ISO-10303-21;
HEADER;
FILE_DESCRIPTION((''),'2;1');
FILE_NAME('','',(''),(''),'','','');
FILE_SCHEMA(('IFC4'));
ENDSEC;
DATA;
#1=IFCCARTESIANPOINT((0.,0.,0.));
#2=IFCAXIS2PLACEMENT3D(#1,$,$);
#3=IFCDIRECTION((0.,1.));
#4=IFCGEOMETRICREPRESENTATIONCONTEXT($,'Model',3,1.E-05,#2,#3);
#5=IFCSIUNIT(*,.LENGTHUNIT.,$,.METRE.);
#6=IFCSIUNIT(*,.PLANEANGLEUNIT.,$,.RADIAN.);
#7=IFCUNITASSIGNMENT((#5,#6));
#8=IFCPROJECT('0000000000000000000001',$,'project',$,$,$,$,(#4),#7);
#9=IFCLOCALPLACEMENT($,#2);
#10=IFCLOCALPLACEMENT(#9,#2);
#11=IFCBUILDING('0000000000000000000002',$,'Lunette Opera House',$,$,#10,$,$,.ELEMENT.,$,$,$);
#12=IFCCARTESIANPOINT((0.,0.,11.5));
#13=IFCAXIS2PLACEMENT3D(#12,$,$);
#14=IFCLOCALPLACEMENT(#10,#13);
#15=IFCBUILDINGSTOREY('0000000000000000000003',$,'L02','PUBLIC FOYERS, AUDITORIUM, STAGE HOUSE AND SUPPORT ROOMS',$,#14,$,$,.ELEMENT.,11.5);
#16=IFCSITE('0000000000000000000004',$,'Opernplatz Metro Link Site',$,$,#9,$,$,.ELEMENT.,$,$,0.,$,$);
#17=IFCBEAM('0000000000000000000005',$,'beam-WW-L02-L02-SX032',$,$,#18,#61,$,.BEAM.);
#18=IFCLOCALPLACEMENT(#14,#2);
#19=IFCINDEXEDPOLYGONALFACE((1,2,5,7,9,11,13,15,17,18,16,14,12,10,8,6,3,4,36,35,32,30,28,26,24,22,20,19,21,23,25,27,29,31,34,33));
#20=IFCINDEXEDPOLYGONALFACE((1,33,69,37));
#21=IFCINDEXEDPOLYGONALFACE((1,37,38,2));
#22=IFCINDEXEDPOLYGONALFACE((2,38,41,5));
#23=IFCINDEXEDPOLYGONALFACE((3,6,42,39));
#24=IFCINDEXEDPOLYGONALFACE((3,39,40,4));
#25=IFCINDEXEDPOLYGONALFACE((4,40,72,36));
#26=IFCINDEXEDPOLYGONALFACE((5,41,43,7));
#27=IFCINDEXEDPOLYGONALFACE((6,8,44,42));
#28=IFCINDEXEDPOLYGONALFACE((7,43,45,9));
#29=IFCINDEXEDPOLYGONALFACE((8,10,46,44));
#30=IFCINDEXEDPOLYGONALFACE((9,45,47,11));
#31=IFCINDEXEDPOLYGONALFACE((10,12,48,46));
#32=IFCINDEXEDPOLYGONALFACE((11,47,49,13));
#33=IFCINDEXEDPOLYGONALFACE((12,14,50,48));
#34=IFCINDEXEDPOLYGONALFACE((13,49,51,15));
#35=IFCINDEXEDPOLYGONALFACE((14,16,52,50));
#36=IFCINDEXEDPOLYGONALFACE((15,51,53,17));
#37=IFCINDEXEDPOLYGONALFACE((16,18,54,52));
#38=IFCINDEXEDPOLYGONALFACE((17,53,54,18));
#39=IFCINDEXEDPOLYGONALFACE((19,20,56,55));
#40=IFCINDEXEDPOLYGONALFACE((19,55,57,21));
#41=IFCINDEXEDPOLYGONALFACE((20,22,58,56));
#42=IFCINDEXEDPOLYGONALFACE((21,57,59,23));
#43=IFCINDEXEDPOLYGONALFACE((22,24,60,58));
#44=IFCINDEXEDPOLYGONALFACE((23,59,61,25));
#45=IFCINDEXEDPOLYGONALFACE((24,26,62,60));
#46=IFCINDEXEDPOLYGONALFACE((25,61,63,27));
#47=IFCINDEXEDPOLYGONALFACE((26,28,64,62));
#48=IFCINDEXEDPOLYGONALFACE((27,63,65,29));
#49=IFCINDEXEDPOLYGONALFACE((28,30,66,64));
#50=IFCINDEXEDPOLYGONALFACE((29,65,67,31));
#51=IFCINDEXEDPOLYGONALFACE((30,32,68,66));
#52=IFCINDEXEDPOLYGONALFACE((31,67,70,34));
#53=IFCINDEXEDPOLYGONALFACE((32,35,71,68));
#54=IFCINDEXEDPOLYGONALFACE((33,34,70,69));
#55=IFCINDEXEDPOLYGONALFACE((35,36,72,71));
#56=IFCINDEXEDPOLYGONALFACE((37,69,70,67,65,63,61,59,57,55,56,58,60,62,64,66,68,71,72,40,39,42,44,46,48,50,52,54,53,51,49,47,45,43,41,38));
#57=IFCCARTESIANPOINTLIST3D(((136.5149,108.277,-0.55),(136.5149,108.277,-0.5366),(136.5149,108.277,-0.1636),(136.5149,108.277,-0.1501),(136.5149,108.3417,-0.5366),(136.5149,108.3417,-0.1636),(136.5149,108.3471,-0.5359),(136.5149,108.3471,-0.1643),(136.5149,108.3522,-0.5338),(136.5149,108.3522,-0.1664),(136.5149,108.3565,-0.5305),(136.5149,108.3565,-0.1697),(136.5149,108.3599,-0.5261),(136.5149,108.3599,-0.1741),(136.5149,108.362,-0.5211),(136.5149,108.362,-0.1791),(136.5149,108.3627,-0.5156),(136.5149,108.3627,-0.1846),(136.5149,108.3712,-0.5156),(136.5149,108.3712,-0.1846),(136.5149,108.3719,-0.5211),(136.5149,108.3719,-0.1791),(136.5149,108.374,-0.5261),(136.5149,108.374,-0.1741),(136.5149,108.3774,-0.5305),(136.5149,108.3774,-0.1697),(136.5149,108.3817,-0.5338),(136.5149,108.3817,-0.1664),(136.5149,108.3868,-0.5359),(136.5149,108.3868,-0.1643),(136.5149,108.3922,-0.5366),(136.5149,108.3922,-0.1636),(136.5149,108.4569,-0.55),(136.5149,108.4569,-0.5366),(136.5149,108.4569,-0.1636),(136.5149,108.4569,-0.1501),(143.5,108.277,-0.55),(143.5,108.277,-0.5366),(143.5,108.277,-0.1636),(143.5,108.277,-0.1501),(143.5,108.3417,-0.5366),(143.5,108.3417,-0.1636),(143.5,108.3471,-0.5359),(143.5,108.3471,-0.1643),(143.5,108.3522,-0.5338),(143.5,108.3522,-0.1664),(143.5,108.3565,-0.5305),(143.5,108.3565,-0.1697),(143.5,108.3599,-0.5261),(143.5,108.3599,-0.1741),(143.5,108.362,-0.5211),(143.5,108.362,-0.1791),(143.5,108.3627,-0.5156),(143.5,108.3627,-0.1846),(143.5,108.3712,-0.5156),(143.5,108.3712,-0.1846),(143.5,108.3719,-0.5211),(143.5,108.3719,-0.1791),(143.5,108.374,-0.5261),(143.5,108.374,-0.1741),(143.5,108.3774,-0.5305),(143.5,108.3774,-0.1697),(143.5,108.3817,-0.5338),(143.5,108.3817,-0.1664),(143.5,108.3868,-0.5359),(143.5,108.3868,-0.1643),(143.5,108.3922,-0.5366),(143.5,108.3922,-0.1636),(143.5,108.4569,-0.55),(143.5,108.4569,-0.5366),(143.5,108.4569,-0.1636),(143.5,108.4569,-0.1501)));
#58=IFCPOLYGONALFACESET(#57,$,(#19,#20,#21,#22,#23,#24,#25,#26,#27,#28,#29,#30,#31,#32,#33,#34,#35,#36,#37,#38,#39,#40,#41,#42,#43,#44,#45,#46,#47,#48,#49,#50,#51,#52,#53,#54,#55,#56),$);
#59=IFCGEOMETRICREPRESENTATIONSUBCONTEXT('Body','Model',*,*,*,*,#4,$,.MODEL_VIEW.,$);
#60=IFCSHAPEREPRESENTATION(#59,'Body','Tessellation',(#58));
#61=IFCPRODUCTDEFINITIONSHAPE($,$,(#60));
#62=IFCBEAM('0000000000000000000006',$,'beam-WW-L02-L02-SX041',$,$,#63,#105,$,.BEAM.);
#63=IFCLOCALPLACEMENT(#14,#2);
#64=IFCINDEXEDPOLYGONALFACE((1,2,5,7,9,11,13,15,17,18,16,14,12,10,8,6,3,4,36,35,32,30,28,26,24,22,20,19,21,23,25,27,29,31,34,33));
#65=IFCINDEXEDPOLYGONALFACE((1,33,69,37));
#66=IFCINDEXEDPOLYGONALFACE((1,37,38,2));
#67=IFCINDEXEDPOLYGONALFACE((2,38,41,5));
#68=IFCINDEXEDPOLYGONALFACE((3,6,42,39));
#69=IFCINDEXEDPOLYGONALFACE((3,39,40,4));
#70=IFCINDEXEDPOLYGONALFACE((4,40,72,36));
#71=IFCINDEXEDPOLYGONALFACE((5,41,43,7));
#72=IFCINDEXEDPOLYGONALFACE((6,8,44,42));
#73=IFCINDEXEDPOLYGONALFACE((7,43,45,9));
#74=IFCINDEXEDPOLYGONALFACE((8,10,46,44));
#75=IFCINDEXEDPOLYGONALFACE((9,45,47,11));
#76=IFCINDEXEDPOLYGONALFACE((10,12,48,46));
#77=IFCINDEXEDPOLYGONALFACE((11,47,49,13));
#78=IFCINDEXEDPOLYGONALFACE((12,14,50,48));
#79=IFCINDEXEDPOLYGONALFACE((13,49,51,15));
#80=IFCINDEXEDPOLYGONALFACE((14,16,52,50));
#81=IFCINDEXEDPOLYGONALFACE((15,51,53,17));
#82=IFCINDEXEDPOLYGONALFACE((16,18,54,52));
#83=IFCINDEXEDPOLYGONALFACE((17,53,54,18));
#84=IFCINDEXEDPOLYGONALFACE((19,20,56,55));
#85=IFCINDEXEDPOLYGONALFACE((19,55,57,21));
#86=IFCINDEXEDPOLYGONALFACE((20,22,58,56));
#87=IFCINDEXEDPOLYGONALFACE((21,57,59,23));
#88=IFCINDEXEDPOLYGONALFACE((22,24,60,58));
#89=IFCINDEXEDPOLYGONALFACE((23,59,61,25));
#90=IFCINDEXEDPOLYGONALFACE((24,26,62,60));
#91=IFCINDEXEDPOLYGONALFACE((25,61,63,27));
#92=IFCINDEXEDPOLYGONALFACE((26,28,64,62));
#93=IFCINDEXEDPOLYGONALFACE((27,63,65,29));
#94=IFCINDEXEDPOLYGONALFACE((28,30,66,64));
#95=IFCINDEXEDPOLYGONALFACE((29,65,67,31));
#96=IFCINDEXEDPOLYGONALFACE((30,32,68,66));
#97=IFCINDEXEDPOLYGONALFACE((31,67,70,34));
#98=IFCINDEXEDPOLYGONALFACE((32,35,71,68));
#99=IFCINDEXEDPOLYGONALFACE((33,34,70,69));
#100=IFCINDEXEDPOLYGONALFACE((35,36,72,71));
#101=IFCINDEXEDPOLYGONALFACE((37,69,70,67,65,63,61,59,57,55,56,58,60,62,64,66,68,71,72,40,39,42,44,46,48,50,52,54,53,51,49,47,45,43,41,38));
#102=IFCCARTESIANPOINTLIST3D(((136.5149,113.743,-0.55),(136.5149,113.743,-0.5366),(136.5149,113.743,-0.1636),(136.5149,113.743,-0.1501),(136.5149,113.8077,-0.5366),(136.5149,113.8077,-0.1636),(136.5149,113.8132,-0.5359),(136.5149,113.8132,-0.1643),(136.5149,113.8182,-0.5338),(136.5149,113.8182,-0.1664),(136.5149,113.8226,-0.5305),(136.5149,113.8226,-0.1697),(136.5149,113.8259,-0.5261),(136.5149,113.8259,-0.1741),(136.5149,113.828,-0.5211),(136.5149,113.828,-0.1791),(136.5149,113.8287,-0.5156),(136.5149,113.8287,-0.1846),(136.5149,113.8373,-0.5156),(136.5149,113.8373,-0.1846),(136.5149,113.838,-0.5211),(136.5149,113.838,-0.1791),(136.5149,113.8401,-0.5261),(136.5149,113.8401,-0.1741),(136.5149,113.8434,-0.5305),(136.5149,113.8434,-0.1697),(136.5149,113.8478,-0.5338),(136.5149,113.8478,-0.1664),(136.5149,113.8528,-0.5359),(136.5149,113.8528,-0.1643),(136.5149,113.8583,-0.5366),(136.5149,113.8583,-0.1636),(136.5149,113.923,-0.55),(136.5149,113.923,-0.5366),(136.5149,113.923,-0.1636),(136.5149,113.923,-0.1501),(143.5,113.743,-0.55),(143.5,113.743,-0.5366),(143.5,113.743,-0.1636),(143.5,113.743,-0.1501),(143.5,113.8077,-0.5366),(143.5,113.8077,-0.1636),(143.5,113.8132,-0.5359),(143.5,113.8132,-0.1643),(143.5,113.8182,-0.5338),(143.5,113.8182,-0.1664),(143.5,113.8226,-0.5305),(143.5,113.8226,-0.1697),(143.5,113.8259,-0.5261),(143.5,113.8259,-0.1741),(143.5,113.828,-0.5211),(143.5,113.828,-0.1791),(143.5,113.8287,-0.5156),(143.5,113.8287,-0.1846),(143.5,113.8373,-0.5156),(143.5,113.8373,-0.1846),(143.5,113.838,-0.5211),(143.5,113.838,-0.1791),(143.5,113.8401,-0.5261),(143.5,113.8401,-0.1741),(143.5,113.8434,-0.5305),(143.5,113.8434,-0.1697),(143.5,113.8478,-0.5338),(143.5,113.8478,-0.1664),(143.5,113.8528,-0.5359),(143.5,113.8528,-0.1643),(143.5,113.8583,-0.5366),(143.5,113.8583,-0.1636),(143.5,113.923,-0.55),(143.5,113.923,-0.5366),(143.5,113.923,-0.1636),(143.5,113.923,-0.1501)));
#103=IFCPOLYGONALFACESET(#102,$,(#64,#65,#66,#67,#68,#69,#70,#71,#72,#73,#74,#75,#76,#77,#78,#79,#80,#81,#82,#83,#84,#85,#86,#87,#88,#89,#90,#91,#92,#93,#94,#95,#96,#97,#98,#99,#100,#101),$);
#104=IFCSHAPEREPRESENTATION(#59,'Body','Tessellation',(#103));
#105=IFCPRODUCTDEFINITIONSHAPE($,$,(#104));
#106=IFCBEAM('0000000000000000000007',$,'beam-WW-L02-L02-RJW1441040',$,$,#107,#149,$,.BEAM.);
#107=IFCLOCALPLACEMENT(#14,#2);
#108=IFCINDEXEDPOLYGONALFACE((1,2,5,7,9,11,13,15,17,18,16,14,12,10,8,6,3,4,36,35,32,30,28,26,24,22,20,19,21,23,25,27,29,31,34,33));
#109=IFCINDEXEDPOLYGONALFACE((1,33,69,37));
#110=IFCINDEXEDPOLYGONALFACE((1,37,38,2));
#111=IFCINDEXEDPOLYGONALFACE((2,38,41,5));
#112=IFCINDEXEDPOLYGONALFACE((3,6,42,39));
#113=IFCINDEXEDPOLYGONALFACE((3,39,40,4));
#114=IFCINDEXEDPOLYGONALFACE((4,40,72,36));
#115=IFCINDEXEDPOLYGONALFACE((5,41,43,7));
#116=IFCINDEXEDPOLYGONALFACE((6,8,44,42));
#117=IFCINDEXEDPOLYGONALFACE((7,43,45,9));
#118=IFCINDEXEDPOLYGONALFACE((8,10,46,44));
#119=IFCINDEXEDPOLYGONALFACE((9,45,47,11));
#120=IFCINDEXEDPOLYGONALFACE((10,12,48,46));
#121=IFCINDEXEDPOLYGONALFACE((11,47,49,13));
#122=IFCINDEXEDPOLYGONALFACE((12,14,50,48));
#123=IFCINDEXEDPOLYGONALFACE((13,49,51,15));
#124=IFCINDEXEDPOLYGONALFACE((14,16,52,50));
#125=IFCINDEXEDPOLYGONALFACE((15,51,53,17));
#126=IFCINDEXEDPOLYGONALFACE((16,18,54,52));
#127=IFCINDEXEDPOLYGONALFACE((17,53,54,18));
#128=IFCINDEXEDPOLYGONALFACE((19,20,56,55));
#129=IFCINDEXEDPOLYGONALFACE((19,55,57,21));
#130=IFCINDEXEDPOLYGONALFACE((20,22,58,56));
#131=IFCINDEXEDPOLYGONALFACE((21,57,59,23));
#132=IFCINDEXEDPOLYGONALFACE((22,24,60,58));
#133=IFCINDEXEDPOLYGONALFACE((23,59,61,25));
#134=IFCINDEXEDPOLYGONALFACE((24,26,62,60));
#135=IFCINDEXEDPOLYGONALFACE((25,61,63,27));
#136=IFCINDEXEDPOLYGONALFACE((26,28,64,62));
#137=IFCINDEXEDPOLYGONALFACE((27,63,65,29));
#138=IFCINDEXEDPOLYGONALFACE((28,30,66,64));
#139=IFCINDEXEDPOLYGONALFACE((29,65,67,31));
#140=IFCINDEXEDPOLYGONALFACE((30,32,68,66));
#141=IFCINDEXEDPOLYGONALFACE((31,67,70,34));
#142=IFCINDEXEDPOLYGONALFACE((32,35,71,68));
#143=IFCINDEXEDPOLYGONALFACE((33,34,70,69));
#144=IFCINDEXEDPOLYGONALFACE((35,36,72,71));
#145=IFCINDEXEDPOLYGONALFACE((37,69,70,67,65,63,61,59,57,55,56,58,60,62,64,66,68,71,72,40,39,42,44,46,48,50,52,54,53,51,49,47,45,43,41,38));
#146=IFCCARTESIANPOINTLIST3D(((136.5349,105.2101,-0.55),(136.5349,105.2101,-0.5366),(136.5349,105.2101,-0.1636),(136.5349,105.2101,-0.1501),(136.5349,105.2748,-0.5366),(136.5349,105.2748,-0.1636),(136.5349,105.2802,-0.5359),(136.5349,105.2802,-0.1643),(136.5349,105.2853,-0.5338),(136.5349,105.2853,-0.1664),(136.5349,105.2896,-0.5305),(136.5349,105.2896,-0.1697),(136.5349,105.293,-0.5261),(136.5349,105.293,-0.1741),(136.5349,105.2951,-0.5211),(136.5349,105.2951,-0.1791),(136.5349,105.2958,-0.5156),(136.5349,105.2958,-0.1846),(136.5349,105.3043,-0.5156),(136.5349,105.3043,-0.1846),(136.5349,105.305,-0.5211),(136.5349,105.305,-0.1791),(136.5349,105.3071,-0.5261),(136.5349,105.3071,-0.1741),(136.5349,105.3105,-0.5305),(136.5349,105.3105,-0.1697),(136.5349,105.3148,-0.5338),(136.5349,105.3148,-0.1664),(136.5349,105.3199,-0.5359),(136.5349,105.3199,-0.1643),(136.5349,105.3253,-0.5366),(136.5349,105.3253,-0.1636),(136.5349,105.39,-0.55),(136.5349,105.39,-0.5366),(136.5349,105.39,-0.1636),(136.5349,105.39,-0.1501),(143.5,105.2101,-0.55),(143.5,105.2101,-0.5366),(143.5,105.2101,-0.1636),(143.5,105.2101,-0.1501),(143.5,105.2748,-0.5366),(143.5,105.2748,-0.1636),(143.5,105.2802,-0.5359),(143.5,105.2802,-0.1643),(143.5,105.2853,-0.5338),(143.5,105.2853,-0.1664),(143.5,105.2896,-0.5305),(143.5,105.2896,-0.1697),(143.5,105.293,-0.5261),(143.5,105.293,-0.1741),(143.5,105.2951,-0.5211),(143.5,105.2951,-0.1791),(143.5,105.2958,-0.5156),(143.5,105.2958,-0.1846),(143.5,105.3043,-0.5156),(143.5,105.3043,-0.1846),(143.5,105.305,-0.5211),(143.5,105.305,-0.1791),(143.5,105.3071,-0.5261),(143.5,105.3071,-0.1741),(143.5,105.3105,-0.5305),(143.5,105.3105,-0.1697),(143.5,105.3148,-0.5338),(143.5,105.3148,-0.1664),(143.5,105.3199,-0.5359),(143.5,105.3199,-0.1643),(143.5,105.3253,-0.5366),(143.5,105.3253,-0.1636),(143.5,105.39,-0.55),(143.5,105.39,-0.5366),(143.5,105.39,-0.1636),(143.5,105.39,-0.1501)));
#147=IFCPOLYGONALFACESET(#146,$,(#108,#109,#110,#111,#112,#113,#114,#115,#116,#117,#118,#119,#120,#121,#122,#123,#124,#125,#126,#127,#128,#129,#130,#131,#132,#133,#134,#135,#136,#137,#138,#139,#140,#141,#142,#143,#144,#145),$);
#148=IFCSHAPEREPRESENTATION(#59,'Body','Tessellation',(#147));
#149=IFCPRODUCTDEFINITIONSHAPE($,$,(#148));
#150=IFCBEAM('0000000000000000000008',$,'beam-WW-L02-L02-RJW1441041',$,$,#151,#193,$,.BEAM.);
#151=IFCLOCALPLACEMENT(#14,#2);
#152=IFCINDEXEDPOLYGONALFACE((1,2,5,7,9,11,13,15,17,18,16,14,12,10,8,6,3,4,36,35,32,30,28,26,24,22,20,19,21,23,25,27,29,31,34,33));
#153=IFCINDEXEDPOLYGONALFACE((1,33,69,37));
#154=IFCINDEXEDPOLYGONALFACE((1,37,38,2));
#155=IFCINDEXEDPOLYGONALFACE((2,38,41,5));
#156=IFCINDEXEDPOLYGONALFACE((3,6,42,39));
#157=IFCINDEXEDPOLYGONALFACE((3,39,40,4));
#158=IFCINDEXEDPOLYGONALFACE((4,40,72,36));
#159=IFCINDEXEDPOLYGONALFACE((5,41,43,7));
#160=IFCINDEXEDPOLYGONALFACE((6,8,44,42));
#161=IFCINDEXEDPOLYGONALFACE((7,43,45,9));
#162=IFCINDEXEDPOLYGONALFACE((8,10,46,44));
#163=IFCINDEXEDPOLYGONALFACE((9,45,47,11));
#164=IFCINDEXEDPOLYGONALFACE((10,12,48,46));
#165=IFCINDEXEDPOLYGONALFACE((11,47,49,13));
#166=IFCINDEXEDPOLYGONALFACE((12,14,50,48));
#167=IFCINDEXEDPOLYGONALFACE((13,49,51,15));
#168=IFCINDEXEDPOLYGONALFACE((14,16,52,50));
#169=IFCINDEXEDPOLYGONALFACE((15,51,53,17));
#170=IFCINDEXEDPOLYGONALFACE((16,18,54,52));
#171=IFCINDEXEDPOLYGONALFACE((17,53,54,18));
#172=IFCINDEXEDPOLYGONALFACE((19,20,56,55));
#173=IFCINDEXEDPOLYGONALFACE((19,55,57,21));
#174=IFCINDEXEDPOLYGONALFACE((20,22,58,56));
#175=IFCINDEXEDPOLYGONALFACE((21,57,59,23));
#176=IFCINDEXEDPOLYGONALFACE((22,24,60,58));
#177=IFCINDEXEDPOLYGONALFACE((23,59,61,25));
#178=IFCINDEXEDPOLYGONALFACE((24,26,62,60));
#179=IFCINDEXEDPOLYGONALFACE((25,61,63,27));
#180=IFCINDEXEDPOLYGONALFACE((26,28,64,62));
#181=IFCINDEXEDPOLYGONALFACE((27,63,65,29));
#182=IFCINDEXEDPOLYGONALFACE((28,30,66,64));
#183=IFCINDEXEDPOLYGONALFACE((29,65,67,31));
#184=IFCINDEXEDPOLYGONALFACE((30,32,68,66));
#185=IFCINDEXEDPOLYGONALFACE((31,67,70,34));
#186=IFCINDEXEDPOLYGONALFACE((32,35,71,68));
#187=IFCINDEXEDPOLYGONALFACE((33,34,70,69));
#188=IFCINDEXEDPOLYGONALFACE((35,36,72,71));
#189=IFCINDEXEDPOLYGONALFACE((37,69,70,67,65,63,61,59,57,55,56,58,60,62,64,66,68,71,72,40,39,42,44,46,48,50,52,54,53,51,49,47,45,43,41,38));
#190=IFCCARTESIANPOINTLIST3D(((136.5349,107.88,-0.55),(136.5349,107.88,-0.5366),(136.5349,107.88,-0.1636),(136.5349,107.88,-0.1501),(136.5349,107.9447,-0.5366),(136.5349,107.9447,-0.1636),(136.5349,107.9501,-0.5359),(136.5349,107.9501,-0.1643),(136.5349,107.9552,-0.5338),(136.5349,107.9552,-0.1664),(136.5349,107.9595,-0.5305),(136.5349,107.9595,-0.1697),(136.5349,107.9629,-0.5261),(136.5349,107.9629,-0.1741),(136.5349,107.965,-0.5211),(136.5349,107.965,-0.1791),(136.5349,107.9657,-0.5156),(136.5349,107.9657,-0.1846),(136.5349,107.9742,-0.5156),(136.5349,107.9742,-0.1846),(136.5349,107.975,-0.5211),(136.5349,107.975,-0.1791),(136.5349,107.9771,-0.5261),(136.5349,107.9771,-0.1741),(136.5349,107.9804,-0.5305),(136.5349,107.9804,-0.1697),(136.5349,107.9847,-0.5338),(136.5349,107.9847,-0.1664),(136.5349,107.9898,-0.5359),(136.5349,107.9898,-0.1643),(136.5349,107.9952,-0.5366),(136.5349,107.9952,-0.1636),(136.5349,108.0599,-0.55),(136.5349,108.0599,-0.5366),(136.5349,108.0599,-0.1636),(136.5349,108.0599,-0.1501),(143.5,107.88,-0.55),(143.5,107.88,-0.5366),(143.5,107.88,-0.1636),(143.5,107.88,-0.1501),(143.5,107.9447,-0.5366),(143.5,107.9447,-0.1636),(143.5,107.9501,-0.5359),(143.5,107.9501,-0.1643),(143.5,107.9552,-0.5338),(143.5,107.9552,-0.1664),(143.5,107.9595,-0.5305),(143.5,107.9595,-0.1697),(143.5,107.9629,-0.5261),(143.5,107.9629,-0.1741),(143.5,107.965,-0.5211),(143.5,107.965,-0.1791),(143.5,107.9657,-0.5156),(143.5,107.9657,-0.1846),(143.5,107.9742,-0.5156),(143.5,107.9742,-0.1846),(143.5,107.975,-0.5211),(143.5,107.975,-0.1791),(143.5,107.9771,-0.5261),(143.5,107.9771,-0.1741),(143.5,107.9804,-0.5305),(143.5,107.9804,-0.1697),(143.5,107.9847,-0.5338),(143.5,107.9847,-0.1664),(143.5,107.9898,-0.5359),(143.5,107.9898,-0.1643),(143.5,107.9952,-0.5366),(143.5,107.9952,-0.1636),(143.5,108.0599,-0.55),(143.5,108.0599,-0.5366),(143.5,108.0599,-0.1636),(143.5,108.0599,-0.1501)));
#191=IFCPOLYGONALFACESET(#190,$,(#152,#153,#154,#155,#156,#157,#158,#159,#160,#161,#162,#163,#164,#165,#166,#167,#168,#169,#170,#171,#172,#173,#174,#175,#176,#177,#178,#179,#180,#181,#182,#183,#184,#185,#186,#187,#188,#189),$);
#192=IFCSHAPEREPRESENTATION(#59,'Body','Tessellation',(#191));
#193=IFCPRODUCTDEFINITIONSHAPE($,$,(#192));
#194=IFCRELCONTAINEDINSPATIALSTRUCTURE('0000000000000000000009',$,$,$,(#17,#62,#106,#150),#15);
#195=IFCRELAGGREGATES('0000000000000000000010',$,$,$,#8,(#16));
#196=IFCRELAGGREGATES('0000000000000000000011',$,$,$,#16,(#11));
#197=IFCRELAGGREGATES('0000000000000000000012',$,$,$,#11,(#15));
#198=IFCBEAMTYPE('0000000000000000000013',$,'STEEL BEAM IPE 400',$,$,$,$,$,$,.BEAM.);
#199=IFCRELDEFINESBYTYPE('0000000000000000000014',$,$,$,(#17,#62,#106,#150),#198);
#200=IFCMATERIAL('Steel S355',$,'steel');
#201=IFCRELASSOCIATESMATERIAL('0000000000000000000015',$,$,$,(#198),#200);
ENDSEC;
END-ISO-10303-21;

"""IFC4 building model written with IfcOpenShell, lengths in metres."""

from ifc_helpers import new_model, si_unit, direction, frame, origin, origin_2d, place, context, subcontext, project, spatial, i_section, extrude, material, material_profile, profile_set, type_object, element, save


model = new_model("IFC4")

# Units and contexts
model_context = context("Model", 3, precision=1e-05, world=origin(), true_north=direction((0.0, 1.0)))
body_context = subcontext(model_context, "Body", "Model", "MODEL_VIEW")
ifc_project = project(units=[si_unit("LENGTHUNIT", "METRE"), si_unit("PLANEANGLEUNIT", "RADIAN")], contexts=[model_context])

# Site, building, storey
site_placement = place(None, origin())
site = spatial("IfcSite", under=ifc_project, at=site_placement, Name="Opernplatz Metro Link Site", CompositionType="ELEMENT", RefElevation=0.0)
building_placement = place(site_placement, origin())
building = spatial("IfcBuilding", under=site, at=building_placement, Name="Lunette Opera House", CompositionType="ELEMENT")
storey_placement = place(building_placement, frame((0.0, 0.0, 11.5)))
storey = spatial("IfcBuildingStorey", under=building, at=storey_placement, Name="L02", Description="PUBLIC FOYERS, AUDITORIUM, STAGE HOUSE AND SUPPORT ROOMS", CompositionType="ELEMENT", Elevation=11.5)

# Beams
ifc_material_1 = material(Name="Steel S355", Category="steel")
ifc_material_profile_1 = material_profile(ifc_material_1, i_section(OverallWidth=0.1799, OverallDepth=0.3999, WebThickness=0.0085, FlangeThickness=0.0134, FilletRadius=0.021, at=origin_2d()), Name="IPE 400")
ifc_profile_set_1 = profile_set([ifc_material_profile_1], Name="Steel S355")
beam_type_1 = type_object("IfcBeamType", Name="STEEL BEAM IPE 400", PredefinedType="BEAM", material=ifc_profile_set_1)
for number, where, z_axis, x_axis, name in (
    (1, (136.5149, 108.3669, -0.3501), (1.0, 0.0, 0.0), (0.0, 1.0, 0.0), "beam-WW-L02-L02-SX032"),
    (2, (136.5149, 113.833, -0.3501), (1.0, 0.0, 0.0), (0.0, 1.0, 0.0), "beam-WW-L02-L02-SX041"),
):
    element("IfcBeam", number, at=place(storey_placement, frame(where, z_axis=z_axis, x_axis=x_axis)), inside=storey, type_object=beam_type_1, Name=name, PredefinedType="BEAM", context=body_context, shape_type="SweptSolid", body=[
        extrude(i_section(OverallWidth=0.1799, OverallDepth=0.3999, WebThickness=0.0085, FlangeThickness=0.0134, FilletRadius=0.021, at=origin_2d()), origin(), (0.0, 0.0, 1.0), 6.9851),
    ])
for number, where, z_axis, x_axis, name in (
    (3, (143.5, 105.3, -0.3501), (-1.0, 0.0, 0.0), (0.0, -1.0, 0.0), "beam-WW-L02-L02-RJW1441040"),
    (4, (143.5, 107.97, -0.3501), (-1.0, 0.0, 0.0), (0.0, -1.0, 0.0), "beam-WW-L02-L02-RJW1441041"),
):
    element("IfcBeam", number, at=place(storey_placement, frame(where, z_axis=z_axis, x_axis=x_axis)), inside=storey, type_object=beam_type_1, Name=name, PredefinedType="BEAM", context=body_context, shape_type="SweptSolid", body=[
        extrude(i_section(OverallWidth=0.1799, OverallDepth=0.3999, WebThickness=0.0085, FlangeThickness=0.0134, FilletRadius=0.021, at=origin_2d()), origin(), (0.0, 0.0, 1.0), 6.9651),
    ])

save(model, "model.ifc")
